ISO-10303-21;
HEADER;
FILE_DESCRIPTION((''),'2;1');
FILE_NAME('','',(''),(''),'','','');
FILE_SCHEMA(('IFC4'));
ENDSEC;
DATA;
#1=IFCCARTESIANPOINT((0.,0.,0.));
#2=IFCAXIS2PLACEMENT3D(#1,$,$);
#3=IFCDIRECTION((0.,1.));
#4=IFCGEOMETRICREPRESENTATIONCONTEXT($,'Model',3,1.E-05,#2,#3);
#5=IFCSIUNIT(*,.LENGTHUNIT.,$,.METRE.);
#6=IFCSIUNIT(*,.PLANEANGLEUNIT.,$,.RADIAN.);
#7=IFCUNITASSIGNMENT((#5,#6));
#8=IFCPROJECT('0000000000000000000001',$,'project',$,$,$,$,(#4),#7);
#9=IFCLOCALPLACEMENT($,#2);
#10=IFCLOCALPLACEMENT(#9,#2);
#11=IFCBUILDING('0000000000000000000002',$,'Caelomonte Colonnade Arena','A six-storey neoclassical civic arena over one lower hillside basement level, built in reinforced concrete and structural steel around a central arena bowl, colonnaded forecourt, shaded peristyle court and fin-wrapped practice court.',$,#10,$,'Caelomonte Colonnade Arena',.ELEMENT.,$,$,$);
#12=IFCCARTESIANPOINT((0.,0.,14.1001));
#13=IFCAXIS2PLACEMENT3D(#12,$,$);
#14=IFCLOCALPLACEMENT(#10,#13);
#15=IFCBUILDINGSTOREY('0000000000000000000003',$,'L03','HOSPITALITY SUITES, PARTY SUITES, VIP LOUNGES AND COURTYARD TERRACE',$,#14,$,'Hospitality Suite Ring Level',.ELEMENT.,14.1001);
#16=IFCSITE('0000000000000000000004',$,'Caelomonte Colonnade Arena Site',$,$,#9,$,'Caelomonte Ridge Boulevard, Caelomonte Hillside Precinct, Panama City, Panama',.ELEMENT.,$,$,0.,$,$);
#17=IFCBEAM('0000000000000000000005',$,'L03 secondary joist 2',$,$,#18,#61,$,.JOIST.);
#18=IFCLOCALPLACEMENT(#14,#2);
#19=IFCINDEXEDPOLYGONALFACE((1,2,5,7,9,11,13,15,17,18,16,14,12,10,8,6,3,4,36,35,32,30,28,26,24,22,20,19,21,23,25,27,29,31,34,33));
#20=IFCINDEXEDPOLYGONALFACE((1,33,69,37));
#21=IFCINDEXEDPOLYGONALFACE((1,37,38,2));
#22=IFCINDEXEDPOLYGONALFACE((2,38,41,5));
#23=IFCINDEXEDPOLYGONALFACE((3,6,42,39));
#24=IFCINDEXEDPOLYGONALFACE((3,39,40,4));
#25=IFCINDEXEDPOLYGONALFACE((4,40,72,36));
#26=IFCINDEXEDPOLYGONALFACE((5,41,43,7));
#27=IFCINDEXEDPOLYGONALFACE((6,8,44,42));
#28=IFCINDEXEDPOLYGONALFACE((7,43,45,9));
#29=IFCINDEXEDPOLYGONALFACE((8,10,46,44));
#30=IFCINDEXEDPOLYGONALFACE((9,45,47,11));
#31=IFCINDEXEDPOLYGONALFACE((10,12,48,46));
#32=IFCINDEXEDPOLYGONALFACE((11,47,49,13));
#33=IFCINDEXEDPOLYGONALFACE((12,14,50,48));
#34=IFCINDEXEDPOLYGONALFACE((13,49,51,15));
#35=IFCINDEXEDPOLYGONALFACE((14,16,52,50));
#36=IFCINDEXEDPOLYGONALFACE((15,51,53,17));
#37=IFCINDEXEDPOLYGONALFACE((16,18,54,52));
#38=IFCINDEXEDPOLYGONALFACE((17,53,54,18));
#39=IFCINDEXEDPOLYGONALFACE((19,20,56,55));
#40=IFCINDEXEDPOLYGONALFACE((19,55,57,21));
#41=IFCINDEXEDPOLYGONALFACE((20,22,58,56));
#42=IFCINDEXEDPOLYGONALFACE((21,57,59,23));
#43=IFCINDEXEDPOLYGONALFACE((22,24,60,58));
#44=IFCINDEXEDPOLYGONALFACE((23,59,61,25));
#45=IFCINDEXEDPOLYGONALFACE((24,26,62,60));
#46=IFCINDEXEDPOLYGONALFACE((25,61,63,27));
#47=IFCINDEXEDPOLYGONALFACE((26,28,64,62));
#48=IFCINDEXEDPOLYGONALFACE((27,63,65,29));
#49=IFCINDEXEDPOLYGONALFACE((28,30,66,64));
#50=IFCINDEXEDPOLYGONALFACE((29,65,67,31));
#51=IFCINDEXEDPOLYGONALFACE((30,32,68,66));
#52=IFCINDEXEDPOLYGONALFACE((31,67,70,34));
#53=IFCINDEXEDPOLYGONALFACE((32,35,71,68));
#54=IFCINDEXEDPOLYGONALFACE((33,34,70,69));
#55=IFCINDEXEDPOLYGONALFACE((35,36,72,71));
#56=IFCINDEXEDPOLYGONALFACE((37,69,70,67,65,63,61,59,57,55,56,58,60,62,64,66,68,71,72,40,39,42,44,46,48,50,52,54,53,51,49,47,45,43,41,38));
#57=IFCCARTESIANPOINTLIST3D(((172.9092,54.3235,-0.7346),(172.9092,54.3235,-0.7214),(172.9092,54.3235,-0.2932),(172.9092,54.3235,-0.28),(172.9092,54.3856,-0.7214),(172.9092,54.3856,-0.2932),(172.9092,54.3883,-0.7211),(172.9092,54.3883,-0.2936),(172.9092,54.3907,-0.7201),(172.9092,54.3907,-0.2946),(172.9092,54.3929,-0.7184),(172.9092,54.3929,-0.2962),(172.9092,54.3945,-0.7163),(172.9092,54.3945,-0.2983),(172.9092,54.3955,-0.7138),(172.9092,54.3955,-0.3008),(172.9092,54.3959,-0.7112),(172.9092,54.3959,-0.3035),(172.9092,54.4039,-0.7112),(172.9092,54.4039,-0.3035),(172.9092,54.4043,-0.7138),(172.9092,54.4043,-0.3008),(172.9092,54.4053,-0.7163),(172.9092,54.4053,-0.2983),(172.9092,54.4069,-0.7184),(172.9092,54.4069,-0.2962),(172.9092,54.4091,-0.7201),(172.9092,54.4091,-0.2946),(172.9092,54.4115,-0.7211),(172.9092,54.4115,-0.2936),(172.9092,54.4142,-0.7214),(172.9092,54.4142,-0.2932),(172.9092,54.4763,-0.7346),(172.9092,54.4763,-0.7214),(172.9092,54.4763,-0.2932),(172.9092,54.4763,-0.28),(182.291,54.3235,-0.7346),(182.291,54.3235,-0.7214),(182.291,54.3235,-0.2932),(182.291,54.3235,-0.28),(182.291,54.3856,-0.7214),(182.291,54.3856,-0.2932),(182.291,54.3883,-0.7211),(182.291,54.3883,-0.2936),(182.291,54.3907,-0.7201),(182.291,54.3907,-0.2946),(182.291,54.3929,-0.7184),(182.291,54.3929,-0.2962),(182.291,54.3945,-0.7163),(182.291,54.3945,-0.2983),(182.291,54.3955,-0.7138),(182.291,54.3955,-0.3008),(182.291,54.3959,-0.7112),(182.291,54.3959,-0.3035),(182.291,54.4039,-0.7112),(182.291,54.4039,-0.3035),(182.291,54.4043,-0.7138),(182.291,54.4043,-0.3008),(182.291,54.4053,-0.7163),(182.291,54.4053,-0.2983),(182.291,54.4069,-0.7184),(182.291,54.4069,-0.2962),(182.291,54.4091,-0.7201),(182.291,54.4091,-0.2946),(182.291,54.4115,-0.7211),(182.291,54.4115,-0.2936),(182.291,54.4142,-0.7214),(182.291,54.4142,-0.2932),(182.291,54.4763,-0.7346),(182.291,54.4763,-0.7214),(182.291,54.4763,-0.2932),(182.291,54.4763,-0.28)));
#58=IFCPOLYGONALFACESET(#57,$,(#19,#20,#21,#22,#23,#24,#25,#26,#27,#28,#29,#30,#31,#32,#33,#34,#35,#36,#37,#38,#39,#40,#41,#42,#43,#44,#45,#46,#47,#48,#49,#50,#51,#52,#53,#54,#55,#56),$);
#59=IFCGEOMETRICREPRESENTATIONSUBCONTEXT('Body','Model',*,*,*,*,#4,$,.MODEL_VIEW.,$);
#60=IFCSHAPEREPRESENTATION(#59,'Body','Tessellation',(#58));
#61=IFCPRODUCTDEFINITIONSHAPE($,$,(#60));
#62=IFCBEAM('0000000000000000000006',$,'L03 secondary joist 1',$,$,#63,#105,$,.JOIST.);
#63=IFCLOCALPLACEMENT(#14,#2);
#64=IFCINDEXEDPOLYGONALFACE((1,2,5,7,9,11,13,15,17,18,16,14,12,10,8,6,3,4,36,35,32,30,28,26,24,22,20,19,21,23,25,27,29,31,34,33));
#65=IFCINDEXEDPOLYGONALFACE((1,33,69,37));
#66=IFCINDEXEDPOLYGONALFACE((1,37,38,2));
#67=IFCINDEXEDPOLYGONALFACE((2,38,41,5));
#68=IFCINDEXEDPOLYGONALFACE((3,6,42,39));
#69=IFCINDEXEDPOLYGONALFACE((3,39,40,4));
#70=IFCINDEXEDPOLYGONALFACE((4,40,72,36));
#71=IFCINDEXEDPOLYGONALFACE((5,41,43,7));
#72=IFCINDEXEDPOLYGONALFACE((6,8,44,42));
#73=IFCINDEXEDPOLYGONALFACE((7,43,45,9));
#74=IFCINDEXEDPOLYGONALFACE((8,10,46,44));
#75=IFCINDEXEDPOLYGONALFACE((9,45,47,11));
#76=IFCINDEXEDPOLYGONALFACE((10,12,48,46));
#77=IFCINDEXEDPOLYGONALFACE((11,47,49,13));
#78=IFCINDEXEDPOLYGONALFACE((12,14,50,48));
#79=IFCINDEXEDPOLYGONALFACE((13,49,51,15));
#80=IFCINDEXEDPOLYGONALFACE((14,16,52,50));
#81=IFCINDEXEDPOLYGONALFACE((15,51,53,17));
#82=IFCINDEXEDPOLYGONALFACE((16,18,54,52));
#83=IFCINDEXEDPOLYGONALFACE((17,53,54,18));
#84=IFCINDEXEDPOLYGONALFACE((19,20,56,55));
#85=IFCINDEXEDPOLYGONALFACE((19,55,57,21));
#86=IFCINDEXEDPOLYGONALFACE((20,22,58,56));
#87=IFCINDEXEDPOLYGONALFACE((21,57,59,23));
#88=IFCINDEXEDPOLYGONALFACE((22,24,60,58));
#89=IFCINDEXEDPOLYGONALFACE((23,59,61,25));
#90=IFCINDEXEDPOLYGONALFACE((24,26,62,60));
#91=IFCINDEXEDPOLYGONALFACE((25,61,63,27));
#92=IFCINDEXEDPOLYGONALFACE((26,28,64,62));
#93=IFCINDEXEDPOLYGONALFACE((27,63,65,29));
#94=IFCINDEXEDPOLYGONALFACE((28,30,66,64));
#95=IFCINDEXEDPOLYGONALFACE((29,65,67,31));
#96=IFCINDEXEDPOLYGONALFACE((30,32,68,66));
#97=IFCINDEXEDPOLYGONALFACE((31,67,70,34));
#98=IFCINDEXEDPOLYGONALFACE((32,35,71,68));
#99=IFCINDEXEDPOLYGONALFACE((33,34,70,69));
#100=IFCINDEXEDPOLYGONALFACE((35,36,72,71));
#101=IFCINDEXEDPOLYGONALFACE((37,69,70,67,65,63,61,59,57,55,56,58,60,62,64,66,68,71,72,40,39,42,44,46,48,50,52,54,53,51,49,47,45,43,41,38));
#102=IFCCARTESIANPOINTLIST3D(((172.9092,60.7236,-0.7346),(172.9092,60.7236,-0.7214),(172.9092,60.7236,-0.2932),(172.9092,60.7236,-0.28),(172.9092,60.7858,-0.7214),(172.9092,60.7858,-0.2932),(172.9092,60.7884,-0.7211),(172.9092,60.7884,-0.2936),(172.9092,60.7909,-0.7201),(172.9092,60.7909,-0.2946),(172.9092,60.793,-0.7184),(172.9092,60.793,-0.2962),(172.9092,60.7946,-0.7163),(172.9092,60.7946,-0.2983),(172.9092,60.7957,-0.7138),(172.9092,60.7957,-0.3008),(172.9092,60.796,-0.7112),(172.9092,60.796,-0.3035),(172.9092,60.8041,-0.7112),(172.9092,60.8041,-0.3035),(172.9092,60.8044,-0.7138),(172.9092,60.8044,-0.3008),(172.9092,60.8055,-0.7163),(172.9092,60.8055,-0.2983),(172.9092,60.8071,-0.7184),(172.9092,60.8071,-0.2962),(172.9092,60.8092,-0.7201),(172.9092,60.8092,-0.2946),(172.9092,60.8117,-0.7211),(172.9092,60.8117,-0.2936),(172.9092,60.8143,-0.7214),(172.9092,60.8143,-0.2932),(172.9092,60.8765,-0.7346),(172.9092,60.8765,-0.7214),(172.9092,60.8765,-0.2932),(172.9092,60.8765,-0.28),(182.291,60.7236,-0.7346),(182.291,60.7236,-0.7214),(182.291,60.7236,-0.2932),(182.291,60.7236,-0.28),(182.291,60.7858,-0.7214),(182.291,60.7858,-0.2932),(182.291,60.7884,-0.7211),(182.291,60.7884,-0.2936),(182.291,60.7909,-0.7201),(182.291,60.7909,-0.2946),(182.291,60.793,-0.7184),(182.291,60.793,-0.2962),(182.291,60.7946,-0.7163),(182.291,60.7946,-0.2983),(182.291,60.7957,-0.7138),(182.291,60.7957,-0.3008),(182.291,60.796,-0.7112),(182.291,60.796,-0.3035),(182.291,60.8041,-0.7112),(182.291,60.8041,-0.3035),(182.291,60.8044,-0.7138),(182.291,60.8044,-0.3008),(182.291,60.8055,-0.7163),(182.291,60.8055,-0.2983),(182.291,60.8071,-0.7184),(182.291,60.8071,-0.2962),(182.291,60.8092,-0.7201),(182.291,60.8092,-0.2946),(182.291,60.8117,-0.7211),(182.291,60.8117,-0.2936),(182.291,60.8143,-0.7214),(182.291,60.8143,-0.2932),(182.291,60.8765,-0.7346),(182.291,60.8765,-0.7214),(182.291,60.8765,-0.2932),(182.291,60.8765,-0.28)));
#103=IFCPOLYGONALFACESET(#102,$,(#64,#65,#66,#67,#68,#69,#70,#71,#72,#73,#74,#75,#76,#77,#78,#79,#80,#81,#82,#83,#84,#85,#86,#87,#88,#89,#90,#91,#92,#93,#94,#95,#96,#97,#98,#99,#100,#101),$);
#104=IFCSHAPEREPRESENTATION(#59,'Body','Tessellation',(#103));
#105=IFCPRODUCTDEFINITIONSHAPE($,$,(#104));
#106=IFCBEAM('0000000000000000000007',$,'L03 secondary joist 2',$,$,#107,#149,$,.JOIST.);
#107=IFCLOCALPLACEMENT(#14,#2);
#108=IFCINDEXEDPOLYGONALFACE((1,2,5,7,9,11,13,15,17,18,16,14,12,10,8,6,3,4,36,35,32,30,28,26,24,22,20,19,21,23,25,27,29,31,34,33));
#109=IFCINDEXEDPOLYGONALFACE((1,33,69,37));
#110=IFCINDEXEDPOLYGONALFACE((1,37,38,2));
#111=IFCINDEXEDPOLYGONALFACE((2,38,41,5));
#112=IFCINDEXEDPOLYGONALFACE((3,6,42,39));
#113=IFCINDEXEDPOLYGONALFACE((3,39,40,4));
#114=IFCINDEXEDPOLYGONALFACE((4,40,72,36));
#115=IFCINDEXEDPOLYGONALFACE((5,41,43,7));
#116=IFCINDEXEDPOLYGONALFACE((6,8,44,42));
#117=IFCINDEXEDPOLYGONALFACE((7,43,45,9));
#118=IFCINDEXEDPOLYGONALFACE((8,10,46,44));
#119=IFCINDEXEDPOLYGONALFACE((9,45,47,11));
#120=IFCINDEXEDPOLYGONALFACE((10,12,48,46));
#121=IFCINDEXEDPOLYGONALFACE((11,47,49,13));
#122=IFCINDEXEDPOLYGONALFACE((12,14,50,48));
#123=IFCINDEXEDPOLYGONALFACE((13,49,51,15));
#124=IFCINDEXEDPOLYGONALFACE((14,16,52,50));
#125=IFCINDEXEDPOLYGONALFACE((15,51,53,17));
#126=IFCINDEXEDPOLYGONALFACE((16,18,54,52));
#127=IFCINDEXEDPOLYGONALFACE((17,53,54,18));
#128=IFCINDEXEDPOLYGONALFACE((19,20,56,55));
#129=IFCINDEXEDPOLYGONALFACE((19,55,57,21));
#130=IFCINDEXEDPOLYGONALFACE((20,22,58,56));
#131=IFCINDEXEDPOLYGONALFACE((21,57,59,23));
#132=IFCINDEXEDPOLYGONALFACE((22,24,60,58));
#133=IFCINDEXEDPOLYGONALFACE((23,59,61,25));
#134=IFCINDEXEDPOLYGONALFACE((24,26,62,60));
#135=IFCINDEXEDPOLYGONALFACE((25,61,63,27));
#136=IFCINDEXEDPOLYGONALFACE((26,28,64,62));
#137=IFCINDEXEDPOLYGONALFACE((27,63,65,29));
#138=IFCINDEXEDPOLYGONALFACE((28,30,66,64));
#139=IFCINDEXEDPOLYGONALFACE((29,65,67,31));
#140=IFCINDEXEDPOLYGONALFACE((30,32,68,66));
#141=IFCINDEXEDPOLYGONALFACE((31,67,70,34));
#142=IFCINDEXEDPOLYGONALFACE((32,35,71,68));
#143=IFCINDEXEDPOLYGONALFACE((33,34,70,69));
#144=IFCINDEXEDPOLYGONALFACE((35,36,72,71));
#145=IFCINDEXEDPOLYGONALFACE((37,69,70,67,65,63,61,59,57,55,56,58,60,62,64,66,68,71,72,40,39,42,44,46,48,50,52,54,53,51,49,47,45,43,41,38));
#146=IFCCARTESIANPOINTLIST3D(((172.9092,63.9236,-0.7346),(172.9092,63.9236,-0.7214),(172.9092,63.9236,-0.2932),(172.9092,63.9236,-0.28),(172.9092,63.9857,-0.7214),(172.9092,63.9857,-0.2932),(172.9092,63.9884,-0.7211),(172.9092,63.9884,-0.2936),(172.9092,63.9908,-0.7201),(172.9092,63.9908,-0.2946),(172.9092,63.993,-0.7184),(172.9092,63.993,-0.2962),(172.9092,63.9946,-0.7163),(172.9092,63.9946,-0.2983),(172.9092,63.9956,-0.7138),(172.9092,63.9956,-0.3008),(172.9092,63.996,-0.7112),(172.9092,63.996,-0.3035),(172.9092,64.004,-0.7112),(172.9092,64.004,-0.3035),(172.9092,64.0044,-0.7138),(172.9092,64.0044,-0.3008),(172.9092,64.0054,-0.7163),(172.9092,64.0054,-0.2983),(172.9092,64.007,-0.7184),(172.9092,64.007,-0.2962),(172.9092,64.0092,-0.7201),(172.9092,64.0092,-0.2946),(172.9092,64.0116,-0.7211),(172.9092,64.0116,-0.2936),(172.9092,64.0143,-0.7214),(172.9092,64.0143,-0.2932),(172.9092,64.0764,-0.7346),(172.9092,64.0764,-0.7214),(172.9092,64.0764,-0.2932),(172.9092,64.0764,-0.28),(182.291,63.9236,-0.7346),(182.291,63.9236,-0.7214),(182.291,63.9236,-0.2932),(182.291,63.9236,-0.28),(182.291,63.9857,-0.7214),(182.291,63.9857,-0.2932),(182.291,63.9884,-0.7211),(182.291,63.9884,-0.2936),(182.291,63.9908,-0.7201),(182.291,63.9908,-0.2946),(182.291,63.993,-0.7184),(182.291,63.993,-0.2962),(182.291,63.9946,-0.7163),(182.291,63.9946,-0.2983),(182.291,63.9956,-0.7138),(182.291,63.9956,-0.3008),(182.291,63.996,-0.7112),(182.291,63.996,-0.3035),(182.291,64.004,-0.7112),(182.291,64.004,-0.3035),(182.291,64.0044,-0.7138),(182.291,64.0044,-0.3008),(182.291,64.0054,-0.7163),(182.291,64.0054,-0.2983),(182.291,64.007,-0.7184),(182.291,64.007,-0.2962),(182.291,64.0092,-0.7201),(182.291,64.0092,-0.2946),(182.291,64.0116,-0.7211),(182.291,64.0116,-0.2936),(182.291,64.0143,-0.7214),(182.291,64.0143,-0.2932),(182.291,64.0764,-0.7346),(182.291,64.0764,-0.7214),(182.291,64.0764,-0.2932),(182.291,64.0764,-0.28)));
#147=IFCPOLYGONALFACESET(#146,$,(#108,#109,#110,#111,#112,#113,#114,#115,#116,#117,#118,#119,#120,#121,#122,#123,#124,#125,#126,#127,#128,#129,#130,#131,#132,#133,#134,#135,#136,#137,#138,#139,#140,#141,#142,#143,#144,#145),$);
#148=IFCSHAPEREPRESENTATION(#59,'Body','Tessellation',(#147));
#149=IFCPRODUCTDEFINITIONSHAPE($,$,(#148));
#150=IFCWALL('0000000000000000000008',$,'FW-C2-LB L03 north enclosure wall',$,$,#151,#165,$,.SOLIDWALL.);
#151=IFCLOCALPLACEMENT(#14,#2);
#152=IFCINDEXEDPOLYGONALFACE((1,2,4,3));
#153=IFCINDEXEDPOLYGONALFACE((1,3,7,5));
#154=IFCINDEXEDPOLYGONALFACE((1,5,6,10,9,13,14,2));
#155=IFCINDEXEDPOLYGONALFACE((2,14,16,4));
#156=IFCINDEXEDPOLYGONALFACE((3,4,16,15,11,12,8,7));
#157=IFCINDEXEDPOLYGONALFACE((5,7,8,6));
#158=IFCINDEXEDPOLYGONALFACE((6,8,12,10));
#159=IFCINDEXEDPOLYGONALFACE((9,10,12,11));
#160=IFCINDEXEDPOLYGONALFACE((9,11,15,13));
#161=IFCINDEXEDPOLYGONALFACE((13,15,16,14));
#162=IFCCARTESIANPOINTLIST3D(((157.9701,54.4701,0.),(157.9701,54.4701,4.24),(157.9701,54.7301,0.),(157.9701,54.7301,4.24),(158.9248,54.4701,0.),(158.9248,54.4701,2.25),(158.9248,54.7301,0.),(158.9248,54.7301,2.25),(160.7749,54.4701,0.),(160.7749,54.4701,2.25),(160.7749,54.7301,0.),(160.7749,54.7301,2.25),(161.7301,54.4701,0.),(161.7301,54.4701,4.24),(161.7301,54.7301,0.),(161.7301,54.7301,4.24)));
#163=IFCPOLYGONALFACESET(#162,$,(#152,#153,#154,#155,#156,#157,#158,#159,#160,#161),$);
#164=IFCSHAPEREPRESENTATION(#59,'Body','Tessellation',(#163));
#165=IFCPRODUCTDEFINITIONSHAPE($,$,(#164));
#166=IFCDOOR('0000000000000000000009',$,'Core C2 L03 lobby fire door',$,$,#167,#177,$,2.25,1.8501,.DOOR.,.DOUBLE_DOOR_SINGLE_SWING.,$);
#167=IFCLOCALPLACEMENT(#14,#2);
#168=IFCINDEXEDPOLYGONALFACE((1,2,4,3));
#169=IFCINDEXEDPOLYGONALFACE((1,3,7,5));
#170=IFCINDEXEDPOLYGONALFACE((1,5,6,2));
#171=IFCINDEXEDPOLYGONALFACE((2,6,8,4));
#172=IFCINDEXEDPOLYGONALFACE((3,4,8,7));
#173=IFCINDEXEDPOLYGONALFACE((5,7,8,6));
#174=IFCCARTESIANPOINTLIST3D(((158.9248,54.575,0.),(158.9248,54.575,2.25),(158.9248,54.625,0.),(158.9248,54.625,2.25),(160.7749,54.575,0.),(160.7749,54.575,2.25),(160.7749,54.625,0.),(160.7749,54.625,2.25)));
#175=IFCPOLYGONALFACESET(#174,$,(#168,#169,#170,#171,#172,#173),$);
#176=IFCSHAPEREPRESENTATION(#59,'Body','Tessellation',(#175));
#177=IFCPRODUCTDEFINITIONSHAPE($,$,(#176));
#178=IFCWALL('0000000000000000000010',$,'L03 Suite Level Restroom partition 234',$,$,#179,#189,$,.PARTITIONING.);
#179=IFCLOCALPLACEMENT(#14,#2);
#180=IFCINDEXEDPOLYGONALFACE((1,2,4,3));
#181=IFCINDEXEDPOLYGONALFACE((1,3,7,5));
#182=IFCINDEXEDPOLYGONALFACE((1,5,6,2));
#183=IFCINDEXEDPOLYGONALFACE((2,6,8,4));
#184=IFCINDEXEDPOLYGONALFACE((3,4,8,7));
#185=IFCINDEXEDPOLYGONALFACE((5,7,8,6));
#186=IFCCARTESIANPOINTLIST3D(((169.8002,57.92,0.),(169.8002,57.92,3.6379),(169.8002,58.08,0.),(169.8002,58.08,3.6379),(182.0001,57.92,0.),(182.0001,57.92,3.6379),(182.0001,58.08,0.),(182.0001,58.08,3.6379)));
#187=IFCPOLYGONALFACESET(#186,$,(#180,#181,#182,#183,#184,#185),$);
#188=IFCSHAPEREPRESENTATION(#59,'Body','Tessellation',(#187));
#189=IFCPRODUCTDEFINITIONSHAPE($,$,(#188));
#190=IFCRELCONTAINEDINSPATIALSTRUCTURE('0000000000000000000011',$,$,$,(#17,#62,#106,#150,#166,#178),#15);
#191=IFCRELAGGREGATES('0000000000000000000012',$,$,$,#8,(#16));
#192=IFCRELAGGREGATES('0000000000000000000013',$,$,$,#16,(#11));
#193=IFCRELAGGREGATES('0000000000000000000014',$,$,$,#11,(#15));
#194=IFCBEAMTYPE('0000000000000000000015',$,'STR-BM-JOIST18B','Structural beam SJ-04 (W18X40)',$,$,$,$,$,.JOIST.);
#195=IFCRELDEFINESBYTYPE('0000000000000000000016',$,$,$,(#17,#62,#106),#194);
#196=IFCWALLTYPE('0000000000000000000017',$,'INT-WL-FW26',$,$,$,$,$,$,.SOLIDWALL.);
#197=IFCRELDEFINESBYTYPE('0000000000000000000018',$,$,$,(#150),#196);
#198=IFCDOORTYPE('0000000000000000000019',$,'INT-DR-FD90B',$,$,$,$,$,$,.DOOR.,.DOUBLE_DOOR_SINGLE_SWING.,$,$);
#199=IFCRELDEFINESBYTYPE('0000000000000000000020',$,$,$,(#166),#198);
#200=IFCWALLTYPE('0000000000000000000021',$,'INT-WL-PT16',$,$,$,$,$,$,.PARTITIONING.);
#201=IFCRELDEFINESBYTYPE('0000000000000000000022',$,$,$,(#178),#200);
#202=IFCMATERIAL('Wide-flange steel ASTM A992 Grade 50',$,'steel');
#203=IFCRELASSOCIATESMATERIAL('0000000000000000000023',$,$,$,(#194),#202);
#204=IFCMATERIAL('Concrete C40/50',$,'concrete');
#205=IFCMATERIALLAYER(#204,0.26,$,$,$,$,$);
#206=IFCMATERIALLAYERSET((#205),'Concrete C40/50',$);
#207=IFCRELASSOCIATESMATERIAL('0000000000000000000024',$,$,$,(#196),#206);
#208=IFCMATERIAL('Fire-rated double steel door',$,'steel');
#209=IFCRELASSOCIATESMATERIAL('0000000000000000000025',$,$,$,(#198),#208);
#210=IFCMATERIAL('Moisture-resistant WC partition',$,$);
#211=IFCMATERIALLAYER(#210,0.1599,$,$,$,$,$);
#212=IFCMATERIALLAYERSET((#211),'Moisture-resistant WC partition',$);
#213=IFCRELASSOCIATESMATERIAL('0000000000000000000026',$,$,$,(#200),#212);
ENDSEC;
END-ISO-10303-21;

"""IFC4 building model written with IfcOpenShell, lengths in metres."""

from ifc_helpers import new_model, si_unit, direction, frame, frame_2d, origin, origin_2d, place, context, subcontext, project, spatial, rectangle, i_section, extrude, material, layer, layer_set, material_profile, profile_set, type_object, element, fill, save


model = new_model("IFC4")

# Units and contexts
model_context = context("Model", 3, precision=1e-05, world=origin(), true_north=direction((0.0, 1.0)))
body_context = subcontext(model_context, "Body", "Model", "MODEL_VIEW")
ifc_project = project(units=[si_unit("LENGTHUNIT", "METRE"), si_unit("PLANEANGLEUNIT", "RADIAN")], contexts=[model_context])

# Site, building, storey
site_placement = place(None, origin())
site = spatial("IfcSite", under=ifc_project, at=site_placement, Name="Caelomonte Colonnade Arena Site", LongName="Caelomonte Ridge Boulevard, Caelomonte Hillside Precinct, Panama City, Panama", CompositionType="ELEMENT", RefElevation=0.0)
building_placement = place(site_placement, origin())
building = spatial("IfcBuilding", under=site, at=building_placement, Name="Caelomonte Colonnade Arena", Description="A six-storey neoclassical civic arena over one lower hillside basement level, built in reinforced concrete and structural steel around a central arena bowl, colonnaded forecourt, shaded peristyle court and fin-wrapped practice court.", LongName="Caelomonte Colonnade Arena", CompositionType="ELEMENT")
storey_placement = place(building_placement, frame((0.0, 0.0, 14.1001)))
storey = spatial("IfcBuildingStorey", under=building, at=storey_placement, Name="L03", Description="HOSPITALITY SUITES, PARTY SUITES, VIP LOUNGES AND COURTYARD TERRACE", LongName="Hospitality Suite Ring Level", CompositionType="ELEMENT", Elevation=14.1001)

# Shared definitions
ifc_material_1 = material(Name="Concrete C40/50", Category="concrete")
ifc_material_2 = material(Name="Wide-flange steel ASTM A992 Grade 50", Category="steel")

# Beams
ifc_material_profile_1 = material_profile(ifc_material_2, i_section(OverallWidth=0.1528, OverallDepth=0.4546, WebThickness=0.0081, FlangeThickness=0.0132, FilletRadius=0.0103, at=origin_2d()), Name="W18X40")
ifc_profile_set_1 = profile_set([ifc_material_profile_1], Name="Wide-flange steel ASTM A992 Grade 50")
beam_type_1 = type_object("IfcBeamType", Name="STR-BM-JOIST18B", Description="Structural beam SJ-04 (W18X40)", PredefinedType="JOIST", material=ifc_profile_set_1)
for number, where, z_axis, x_axis, name in (
    (1, (172.9092, 54.3999, -0.5073), (1.0, 0.0, 0.0), (0.0, 1.0, 0.0), "L03 secondary joist 2"),
    (2, (172.9092, 60.8, -0.5073), (1.0, 0.0, 0.0), (0.0, 1.0, 0.0), "L03 secondary joist 1"),
    (3, (172.9092, 64.0, -0.5073), (1.0, 0.0, 0.0), (0.0, 1.0, 0.0), "L03 secondary joist 2"),
):
    element("IfcBeam", number, at=place(storey_placement, frame(where, z_axis=z_axis, x_axis=x_axis)), inside=storey, type_object=beam_type_1, Name=name, PredefinedType="JOIST", context=body_context, shape_type="SweptSolid", body=[
        extrude(i_section(OverallWidth=0.1528, OverallDepth=0.4546, WebThickness=0.0081, FlangeThickness=0.0132, FilletRadius=0.0103, at=origin_2d()), origin(), (0.0, 0.0, 1.0), 9.3818),
    ])

# Wall, opening, door
ifc_layer_1 = layer(ifc_material_1, 0.26)
ifc_layer_set_1 = layer_set([ifc_layer_1], Name="Concrete C40/50")
wall_type_1 = type_object("IfcWallType", Name="INT-WL-FW26", PredefinedType="SOLIDWALL", material=ifc_layer_set_1)
wall_1_placement = place(storey_placement, frame((161.73, 54.6001, 0.0), z_axis=(0.0, 0.0, 1.0), x_axis=(-1.0, 0.0, 0.0)))
wall_1 = element("IfcWall", 4, at=wall_1_placement, inside=storey, type_object=wall_type_1, Name="FW-C2-LB L03 north enclosure wall", PredefinedType="SOLIDWALL", context=body_context, shape_type="SweptSolid", body=[
    extrude(rectangle(XDim=3.76, YDim=0.26, at=frame_2d((1.8799, 0.0))), origin(), (0.0, 0.0, 1.0), 4.24),
])
opening_1_placement = place(wall_1_placement, frame((2.8052, 0.0, 0.0), z_axis=(0.0, 0.0, 1.0), x_axis=(-1.0, 0.0, 0.0)))
opening_1 = element("IfcOpeningElement", 5, at=opening_1_placement, cuts=wall_1, PredefinedType="OPENING", context=body_context, shape_type="SweptSolid", body=[
    extrude(rectangle(XDim=1.8501, YDim=2.25, at=frame_2d((0.925, 1.125))), frame((0.0, 0.1399, 0.0), z_axis=(0.0, -1.0, 0.0), x_axis=(1.0, 0.0, 0.0)), (0.0, 0.0, 1.0), 0.28),
])
ifc_material_3 = material(Name="Fire-rated double steel door", Category="steel")
door_type_1 = type_object("IfcDoorType", Name="INT-DR-FD90B", OperationType="DOUBLE_DOOR_SINGLE_SWING", PredefinedType="DOOR", material=ifc_material_3)
door_1_placement = place(opening_1_placement, origin())
door_1 = element("IfcDoor", 6, at=door_1_placement, inside=storey, type_object=door_type_1, Name="Core C2 L03 lobby fire door", OperationType="DOUBLE_DOOR_SINGLE_SWING", OverallHeight=2.25, OverallWidth=1.8501, PredefinedType="DOOR", context=body_context, shape_type="SweptSolid", body=[
    extrude(rectangle(XDim=1.8501, YDim=2.25, at=frame_2d((0.925, 1.125))), frame((0.0, 0.0249, 0.0), z_axis=(0.0, -1.0, 0.0), x_axis=(1.0, 0.0, 0.0)), (0.0, 0.0, 1.0), 0.05),
])
fill(opening_1, door_1)

# Wall
ifc_material_4 = material(Name="Moisture-resistant WC partition")
ifc_layer_2 = layer(ifc_material_4, 0.1599)
ifc_layer_set_2 = layer_set([ifc_layer_2], Name="Moisture-resistant WC partition")
wall_type_2 = type_object("IfcWallType", Name="INT-WL-PT16", PredefinedType="PARTITIONING", material=ifc_layer_set_2)
for number, where, z_axis, x_axis, name in (
    (7, (169.8, 58.0, 0.0), (0.0, 0.0, 1.0), (1.0, 0.0, 0.0), "L03 Suite Level Restroom partition 234"),
):
    element("IfcWall", number, at=place(storey_placement, frame(where, z_axis=z_axis, x_axis=x_axis)), inside=storey, type_object=wall_type_2, Name=name, PredefinedType="PARTITIONING", context=body_context, shape_type="SweptSolid", body=[
        extrude(rectangle(XDim=12.2, YDim=0.1599, at=frame_2d((6.1001, 0.0))), origin(), (0.0, 0.0, 1.0), 3.6379),
    ])

save(model, "model.ifc")
